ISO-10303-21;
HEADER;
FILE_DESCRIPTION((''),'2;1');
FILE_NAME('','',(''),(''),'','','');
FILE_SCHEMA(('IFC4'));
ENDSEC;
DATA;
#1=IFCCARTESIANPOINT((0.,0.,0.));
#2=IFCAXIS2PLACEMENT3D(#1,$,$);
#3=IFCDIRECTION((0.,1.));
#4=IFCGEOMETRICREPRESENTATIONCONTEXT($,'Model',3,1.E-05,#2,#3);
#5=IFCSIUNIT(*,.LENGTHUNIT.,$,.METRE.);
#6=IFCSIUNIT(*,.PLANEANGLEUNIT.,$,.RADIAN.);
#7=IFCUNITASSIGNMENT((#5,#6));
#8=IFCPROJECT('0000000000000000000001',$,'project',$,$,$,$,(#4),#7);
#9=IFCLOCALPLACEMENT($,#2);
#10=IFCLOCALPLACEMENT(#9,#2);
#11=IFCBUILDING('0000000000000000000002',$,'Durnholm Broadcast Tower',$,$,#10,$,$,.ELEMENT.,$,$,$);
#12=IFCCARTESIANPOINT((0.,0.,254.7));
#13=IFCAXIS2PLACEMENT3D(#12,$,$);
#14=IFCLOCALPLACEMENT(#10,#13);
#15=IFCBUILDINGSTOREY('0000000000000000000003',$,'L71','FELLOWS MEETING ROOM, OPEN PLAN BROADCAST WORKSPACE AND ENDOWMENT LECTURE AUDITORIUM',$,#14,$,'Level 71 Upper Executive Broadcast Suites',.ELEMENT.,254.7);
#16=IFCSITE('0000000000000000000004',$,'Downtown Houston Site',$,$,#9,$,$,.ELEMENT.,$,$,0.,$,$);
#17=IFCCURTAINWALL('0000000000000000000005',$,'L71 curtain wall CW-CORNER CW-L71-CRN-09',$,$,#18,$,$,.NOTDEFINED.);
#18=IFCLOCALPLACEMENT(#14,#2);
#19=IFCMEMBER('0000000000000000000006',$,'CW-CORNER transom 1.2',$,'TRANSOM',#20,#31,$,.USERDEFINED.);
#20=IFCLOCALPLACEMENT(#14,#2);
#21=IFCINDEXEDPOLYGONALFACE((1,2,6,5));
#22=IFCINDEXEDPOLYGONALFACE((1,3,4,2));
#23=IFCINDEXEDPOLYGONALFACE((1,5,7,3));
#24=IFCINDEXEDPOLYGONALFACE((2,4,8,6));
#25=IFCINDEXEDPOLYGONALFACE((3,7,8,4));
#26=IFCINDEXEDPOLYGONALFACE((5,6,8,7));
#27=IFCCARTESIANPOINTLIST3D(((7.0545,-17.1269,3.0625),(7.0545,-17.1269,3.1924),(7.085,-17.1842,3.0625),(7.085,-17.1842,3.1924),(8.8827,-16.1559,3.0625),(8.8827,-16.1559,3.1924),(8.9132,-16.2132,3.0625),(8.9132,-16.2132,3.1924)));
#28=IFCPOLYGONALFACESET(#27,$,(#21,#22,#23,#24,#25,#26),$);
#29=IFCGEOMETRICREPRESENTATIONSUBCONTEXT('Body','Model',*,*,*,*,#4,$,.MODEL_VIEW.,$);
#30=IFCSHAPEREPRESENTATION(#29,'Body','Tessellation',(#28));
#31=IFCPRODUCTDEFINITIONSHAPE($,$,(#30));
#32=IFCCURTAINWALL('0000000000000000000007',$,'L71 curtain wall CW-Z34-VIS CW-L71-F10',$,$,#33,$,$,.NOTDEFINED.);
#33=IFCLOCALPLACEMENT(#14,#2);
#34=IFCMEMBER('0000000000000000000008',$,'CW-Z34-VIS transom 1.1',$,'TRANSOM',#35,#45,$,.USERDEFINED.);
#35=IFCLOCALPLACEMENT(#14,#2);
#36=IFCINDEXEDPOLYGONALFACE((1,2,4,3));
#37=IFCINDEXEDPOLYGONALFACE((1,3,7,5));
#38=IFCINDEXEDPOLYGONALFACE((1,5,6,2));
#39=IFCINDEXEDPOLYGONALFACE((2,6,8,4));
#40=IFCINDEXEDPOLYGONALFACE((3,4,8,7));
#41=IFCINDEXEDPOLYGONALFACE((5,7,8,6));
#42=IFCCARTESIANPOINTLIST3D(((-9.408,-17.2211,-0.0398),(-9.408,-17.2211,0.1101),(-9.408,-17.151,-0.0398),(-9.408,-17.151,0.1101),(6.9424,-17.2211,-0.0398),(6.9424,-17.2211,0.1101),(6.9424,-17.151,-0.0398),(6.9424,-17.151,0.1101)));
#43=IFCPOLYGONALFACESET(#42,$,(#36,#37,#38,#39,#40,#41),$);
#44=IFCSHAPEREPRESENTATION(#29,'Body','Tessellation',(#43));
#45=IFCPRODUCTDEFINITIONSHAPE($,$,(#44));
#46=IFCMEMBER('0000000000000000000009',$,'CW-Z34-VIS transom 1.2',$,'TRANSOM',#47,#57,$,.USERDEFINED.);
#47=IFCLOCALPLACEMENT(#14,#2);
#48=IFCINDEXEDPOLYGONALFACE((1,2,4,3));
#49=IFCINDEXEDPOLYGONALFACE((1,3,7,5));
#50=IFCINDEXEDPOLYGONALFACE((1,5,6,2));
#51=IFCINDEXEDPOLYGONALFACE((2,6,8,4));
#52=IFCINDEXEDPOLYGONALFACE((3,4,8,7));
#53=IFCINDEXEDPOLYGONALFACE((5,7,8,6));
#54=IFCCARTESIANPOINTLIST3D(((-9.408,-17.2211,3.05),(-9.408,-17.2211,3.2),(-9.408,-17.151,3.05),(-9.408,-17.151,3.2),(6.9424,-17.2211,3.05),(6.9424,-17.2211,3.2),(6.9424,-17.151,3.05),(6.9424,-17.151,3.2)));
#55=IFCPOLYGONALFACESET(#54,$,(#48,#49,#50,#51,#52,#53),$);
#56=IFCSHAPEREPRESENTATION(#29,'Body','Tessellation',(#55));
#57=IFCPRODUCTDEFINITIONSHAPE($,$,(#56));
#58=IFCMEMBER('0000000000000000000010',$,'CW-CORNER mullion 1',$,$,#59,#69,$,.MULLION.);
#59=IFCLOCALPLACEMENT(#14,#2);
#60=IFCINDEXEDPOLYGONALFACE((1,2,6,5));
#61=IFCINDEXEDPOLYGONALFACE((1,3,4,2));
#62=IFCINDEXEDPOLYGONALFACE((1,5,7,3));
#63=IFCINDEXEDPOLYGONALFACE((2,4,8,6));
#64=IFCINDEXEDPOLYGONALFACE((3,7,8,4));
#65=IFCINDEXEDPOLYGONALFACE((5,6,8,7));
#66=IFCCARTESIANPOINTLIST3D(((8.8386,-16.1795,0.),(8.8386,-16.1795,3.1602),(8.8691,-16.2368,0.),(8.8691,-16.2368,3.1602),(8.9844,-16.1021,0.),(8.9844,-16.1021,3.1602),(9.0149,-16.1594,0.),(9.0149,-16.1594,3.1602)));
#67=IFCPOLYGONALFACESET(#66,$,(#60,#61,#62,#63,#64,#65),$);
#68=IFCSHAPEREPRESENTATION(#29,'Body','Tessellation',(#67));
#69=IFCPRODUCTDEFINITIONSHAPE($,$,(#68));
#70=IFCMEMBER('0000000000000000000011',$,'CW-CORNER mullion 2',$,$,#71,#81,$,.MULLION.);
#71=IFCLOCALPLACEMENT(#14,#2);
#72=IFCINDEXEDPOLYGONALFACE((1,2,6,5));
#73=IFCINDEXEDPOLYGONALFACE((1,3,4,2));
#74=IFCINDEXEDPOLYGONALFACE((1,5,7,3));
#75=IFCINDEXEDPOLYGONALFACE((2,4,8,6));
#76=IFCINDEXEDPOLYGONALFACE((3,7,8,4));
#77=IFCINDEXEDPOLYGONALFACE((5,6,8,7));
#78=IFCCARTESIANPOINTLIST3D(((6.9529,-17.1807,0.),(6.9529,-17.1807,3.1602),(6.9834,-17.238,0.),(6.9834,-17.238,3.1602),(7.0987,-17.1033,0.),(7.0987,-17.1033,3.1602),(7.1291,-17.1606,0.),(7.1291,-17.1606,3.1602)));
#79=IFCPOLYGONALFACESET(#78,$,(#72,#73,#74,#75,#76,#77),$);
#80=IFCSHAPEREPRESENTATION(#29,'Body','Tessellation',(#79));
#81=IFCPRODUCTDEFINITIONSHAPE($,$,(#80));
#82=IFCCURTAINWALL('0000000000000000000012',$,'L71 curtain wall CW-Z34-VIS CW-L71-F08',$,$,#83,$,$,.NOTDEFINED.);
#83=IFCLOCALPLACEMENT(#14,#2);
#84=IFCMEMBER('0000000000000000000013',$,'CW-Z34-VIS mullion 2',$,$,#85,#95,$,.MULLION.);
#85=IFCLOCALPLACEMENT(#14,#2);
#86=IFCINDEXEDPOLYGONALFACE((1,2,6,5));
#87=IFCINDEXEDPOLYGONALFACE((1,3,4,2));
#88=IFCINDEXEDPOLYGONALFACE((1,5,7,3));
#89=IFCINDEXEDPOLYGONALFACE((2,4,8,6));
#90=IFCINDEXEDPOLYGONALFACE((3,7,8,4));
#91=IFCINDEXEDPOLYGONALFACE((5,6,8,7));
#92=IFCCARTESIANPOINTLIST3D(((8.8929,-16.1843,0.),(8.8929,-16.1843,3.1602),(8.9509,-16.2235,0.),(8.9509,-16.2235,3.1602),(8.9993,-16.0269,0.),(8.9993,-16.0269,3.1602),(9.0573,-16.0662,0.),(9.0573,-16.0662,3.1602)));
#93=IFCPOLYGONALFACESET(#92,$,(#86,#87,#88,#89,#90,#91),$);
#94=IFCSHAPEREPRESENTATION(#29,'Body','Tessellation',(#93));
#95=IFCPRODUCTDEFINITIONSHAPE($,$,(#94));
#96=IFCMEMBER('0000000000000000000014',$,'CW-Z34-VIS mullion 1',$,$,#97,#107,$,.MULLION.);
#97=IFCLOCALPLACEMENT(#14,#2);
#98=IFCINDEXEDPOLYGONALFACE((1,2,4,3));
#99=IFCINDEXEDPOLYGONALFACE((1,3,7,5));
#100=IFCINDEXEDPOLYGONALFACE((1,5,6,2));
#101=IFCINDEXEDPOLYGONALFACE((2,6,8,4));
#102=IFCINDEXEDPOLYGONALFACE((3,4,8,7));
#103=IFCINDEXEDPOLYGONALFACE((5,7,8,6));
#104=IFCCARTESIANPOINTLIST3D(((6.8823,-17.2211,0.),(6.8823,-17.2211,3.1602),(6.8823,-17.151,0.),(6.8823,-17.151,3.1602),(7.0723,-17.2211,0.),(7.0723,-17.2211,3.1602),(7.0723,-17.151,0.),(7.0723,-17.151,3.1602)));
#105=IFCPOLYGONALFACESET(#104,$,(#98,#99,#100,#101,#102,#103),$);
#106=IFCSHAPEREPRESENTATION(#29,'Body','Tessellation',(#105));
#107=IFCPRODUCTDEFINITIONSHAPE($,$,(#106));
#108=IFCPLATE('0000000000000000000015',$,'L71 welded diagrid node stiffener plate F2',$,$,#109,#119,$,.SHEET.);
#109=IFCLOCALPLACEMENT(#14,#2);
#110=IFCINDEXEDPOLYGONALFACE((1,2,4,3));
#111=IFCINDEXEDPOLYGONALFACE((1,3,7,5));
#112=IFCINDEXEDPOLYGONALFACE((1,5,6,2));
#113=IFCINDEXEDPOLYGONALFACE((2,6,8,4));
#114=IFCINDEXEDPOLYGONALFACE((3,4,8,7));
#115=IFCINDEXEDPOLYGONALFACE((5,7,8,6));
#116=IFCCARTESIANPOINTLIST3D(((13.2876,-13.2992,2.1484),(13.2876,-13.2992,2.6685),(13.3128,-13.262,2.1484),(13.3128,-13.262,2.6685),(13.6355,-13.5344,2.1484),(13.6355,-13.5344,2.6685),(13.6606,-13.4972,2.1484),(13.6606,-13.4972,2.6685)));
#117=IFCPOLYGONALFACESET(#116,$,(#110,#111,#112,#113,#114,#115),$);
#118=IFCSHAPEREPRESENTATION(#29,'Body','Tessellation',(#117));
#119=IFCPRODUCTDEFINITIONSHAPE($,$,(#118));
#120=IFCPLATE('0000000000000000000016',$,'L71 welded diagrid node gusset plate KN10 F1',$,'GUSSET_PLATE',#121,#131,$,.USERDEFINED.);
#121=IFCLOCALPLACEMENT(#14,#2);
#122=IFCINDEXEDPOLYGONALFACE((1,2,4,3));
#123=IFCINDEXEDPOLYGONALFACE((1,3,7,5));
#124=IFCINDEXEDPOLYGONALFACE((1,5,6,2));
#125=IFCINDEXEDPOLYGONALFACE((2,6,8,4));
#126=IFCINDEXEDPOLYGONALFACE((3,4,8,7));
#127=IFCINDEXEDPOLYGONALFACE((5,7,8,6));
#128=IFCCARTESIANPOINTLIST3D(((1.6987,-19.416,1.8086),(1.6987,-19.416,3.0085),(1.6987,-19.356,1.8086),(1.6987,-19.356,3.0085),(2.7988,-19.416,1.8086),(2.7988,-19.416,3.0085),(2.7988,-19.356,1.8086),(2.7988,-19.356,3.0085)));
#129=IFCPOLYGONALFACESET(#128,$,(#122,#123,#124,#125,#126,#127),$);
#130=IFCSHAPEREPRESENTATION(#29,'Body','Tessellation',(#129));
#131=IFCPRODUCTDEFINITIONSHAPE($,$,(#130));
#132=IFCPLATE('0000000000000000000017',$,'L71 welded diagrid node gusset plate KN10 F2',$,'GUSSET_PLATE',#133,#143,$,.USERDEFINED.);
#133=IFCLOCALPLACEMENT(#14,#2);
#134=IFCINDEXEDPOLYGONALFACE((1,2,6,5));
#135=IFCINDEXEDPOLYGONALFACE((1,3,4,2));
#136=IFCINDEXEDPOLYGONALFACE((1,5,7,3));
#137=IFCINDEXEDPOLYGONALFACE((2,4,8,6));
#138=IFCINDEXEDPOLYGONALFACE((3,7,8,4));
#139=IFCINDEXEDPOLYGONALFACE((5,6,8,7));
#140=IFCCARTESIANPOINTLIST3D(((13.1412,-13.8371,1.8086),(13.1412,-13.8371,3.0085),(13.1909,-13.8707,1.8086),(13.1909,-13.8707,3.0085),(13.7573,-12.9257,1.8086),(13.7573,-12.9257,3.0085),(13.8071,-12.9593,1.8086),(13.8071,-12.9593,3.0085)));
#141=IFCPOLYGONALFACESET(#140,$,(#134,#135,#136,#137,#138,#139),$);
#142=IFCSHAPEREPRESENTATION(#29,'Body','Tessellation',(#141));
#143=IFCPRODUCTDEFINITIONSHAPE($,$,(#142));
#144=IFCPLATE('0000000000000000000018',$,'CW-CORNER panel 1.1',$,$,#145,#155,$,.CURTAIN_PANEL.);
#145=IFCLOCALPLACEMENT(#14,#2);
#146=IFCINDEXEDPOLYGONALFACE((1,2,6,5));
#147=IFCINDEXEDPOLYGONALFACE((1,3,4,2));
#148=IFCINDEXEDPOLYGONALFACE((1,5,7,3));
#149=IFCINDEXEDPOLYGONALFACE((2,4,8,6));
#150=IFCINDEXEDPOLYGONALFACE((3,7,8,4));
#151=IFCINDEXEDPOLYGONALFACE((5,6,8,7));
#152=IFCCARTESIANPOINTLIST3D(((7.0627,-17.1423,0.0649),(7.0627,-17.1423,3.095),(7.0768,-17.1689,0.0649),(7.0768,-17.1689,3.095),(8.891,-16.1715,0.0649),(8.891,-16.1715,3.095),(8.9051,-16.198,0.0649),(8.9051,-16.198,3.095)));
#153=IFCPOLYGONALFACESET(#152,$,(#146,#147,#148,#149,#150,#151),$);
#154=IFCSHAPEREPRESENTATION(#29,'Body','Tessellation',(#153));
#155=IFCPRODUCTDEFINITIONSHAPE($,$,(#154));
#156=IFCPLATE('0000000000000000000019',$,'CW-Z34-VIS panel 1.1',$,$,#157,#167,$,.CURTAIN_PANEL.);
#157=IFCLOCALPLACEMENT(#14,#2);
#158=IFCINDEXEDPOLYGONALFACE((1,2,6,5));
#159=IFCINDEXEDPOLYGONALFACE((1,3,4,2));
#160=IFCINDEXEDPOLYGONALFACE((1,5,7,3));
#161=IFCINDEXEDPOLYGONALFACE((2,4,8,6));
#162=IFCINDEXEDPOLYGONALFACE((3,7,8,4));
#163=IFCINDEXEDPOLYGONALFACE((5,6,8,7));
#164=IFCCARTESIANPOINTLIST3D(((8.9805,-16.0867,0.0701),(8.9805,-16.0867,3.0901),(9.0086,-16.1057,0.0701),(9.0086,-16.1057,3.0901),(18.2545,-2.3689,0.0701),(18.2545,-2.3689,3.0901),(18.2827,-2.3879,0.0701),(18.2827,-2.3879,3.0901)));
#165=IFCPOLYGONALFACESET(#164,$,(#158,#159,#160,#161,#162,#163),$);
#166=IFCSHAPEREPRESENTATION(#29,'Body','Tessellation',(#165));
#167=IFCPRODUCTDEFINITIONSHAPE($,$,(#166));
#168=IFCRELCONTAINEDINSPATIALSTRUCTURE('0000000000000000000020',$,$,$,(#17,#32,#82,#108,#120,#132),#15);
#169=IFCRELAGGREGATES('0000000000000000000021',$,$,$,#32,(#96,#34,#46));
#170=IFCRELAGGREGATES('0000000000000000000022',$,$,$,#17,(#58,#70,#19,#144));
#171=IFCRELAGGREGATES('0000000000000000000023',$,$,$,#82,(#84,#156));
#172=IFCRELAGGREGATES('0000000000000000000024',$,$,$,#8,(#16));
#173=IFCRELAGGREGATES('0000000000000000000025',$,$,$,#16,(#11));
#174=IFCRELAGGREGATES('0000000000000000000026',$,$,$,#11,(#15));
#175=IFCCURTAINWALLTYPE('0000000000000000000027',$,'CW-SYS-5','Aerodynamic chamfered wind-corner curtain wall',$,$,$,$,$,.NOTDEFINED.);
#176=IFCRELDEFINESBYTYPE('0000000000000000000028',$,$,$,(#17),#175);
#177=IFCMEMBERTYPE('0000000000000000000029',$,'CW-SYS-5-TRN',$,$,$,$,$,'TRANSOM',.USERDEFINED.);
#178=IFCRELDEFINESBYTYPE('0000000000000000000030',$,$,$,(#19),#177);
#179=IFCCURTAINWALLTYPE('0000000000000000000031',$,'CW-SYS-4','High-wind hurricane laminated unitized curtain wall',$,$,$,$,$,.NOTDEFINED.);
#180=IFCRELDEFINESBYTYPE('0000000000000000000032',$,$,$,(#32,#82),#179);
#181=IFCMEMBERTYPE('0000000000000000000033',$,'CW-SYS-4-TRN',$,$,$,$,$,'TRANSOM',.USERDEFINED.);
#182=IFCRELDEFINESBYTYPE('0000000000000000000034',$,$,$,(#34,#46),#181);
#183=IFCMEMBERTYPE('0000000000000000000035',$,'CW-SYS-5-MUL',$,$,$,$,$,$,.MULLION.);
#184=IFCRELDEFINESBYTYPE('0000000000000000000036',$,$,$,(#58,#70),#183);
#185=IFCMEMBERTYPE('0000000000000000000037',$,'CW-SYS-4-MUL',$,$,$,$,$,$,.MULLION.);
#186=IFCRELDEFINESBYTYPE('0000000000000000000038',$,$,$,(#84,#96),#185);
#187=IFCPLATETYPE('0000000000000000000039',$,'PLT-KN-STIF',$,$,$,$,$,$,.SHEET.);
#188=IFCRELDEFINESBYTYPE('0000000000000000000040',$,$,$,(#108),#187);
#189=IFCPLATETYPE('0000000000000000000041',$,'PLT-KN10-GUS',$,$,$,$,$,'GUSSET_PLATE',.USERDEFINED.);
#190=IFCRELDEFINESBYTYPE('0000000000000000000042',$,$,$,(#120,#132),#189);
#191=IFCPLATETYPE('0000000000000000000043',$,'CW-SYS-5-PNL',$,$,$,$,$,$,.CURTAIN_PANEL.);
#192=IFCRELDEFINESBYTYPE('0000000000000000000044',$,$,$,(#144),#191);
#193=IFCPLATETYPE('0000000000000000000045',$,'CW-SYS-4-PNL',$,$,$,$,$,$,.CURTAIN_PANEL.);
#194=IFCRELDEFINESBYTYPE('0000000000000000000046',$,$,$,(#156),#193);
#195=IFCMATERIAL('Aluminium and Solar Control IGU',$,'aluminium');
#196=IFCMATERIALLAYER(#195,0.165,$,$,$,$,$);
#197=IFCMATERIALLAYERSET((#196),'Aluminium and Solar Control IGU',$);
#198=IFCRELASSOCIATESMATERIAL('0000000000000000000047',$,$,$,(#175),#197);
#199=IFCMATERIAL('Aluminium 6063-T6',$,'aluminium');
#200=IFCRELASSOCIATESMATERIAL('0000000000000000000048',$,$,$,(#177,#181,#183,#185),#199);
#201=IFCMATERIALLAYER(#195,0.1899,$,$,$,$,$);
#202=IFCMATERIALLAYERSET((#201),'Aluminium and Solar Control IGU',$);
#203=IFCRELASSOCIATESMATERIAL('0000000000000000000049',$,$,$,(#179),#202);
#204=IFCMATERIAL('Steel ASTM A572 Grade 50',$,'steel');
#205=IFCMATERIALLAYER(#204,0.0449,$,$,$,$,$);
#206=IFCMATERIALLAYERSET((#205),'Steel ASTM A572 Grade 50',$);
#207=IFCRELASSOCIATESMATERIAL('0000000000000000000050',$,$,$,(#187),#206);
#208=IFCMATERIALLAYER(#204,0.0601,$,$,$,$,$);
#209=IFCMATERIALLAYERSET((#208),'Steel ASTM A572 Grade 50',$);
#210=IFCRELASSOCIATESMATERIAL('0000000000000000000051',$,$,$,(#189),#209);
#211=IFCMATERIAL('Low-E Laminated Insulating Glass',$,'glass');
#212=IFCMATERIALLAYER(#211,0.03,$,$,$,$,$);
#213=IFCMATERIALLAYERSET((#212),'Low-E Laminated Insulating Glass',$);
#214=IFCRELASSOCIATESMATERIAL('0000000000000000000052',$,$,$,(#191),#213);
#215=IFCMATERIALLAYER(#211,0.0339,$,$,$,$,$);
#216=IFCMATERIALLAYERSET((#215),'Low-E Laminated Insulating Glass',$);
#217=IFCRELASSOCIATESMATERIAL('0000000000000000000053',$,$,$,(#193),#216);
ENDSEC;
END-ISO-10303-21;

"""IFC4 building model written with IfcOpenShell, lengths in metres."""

from ifc_helpers import new_model, si_unit, direction, frame, origin, origin_2d, place, context, subcontext, project, spatial, rectangle, extrude, source, transform, mapped, material, layer, layer_set, material_profile, profile_set, type_object, type_shapes, element, aggregate, save


model = new_model("IFC4")

# Units and contexts
model_context = context("Model", 3, precision=1e-05, world=origin(), true_north=direction((0.0, 1.0)))
body_context = subcontext(model_context, "Body", "Model", "MODEL_VIEW")
ifc_project = project(units=[si_unit("LENGTHUNIT", "METRE"), si_unit("PLANEANGLEUNIT", "RADIAN")], contexts=[model_context])

# Site, building, storey
site_placement = place(None, origin())
site = spatial("IfcSite", under=ifc_project, at=site_placement, Name="Downtown Houston Site", CompositionType="ELEMENT", RefElevation=0.0)
building_placement = place(site_placement, origin())
building = spatial("IfcBuilding", under=site, at=building_placement, Name="Durnholm Broadcast Tower", CompositionType="ELEMENT")
storey_placement = place(building_placement, frame((0.0, 0.0, 254.7)))
storey = spatial("IfcBuildingStorey", under=building, at=storey_placement, Name="L71", Description="FELLOWS MEETING ROOM, OPEN PLAN BROADCAST WORKSPACE AND ENDOWMENT LECTURE AUDITORIUM", LongName="Level 71 Upper Executive Broadcast Suites", CompositionType="ELEMENT", Elevation=254.7)

# Curtain walls, members
ifc_material_1 = material(Name="Aluminium and Solar Control IGU", Category="aluminium")
ifc_layer_1 = layer(ifc_material_1, 0.165)
ifc_layer_set_1 = layer_set([ifc_layer_1], Name="Aluminium and Solar Control IGU")
curtain_wall_type_1 = type_object("IfcCurtainWallType", Name="CW-SYS-5", Description="Aerodynamic chamfered wind-corner curtain wall", PredefinedType="NOTDEFINED", material=ifc_layer_set_1)
curtain_wall_1_placement = place(storey_placement, origin())
curtain_wall_1 = element("IfcCurtainWall", 1, at=curtain_wall_1_placement, inside=storey, type_object=curtain_wall_type_1, Name="L71 curtain wall CW-CORNER CW-L71-CRN-09", PredefinedType="NOTDEFINED")
ifc_material_2 = material(Name="Aluminium 6063-T6", Category="aluminium")
ifc_material_profile_1 = material_profile(ifc_material_2, rectangle(XDim=0.0649, YDim=0.1299, at=origin_2d()), Name="CWT65X130")
ifc_profile_set_1 = profile_set([ifc_material_profile_1], Name="Aluminium 6063-T6")
member_type_1 = type_object("IfcMemberType", Name="CW-SYS-5-TRN", ElementType="TRANSOM", PredefinedType="USERDEFINED", material=ifc_profile_set_1)
shared_shape_1 = source(origin(), body_context, "Body", "SweptSolid", [
    extrude(rectangle(XDim=0.0649, YDim=0.1299, at=origin_2d()), origin(), (0.0, 0.0, 1.0), 2.0701),
])
type_shapes(member_type_1, [shared_shape_1])
member_1_placement = place(storey_placement, frame((8.8979, -16.1846, 3.1274), z_axis=(-0.883165, -0.469063, 0.0), x_axis=(0.469063, -0.883165, 0.0)))
member_1 = element("IfcMember", 2, at=member_1_placement, type_object=member_type_1, Name="CW-CORNER transom 1.2", ObjectType="TRANSOM", PredefinedType="USERDEFINED", context=body_context, shape_type="MappedRepresentation", body=[
    mapped(shared_shape_1, transform((0.0, 0.0, 0.0), x_axis=(1.0, 0.0, 0.0), y_axis=(0.0, 1.0, 0.0), z_axis=(0.0, 0.0, 1.0), scale=1.0)),
])
ifc_layer_2 = layer(ifc_material_1, 0.1899)
ifc_layer_set_2 = layer_set([ifc_layer_2], Name="Aluminium and Solar Control IGU")
curtain_wall_type_2 = type_object("IfcCurtainWallType", Name="CW-SYS-4", Description="High-wind hurricane laminated unitized curtain wall", PredefinedType="NOTDEFINED", material=ifc_layer_set_2)
curtain_wall_2_placement = place(storey_placement, origin())
curtain_wall_2 = element("IfcCurtainWall", 3, at=curtain_wall_2_placement, inside=storey, type_object=curtain_wall_type_2, Name="L71 curtain wall CW-Z34-VIS CW-L71-F10", PredefinedType="NOTDEFINED")
ifc_material_profile_2 = material_profile(ifc_material_2, rectangle(XDim=0.0701, YDim=0.1499, at=origin_2d()), Name="CWT70X150")
ifc_profile_set_2 = profile_set([ifc_material_profile_2], Name="Aluminium 6063-T6")
member_type_2 = type_object("IfcMemberType", Name="CW-SYS-4-TRN", ElementType="TRANSOM", PredefinedType="USERDEFINED", material=ifc_profile_set_2)
shared_shape_2 = source(origin(), body_context, "Body", "SweptSolid", [
    extrude(rectangle(XDim=0.0701, YDim=0.1499, at=origin_2d()), origin(), (0.0, 0.0, 1.0), 16.3503),
])
type_shapes(member_type_2, [shared_shape_2])
member_2_placement = place(storey_placement, frame((6.9424, -17.186, 0.0352), z_axis=(-1.0, 0.0, 0.0), x_axis=(0.0, -1.0, 0.0)))
member_2 = element("IfcMember", 4, at=member_2_placement, type_object=member_type_2, Name="CW-Z34-VIS transom 1.1", ObjectType="TRANSOM", PredefinedType="USERDEFINED", context=body_context, shape_type="MappedRepresentation", body=[
    mapped(shared_shape_2, transform((0.0, 0.0, 0.0), x_axis=(1.0, 0.0, 0.0), y_axis=(0.0, 1.0, 0.0), z_axis=(0.0, 0.0, 1.0), scale=1.0)),
])
member_3_placement = place(storey_placement, frame((6.9424, -17.186, 3.125), z_axis=(-1.0, 0.0, 0.0), x_axis=(0.0, -1.0, 0.0)))
member_3 = element("IfcMember", 5, at=member_3_placement, type_object=member_type_2, Name="CW-Z34-VIS transom 1.2", ObjectType="TRANSOM", PredefinedType="USERDEFINED", context=body_context, shape_type="MappedRepresentation", body=[
    mapped(shared_shape_2, transform((0.0, 0.0, 0.0), x_axis=(1.0, 0.0, 0.0), y_axis=(0.0, 1.0, 0.0), z_axis=(0.0, 0.0, 1.0), scale=1.0)),
])

# Members
ifc_material_profile_3 = material_profile(ifc_material_2, rectangle(XDim=0.0649, YDim=0.165, at=origin_2d()), Name="CWM65X165")
ifc_profile_set_3 = profile_set([ifc_material_profile_3], Name="Aluminium 6063-T6")
member_type_3 = type_object("IfcMemberType", Name="CW-SYS-5-MUL", PredefinedType="MULLION", material=ifc_profile_set_3)
shared_shape_3 = source(origin(), body_context, "Body", "SweptSolid", [
    extrude(rectangle(XDim=0.0649, YDim=0.165, at=origin_2d()), origin(), (0.0, 0.0, 1.0), 3.1602),
])
type_shapes(member_type_3, [shared_shape_3])
member_4_placement = place(storey_placement, frame((8.9268, -16.1694, 0.0), z_axis=(0.0, 0.0, 1.0), x_axis=(0.469007, -0.883195, 0.0)))
member_4 = element("IfcMember", 6, at=member_4_placement, type_object=member_type_3, Name="CW-CORNER mullion 1", PredefinedType="MULLION", context=body_context, shape_type="MappedRepresentation", body=[
    mapped(shared_shape_3, transform((0.0, 0.0, 0.0), x_axis=(1.0, 0.0, 0.0), y_axis=(0.0, 1.0, 0.0), z_axis=(0.0, 0.0, 1.0), scale=1.0)),
])
member_5_placement = place(storey_placement, frame((7.041, -17.1707, 0.0), z_axis=(0.0, 0.0, 1.0), x_axis=(0.469007, -0.883195, 0.0)))
member_5 = element("IfcMember", 7, at=member_5_placement, type_object=member_type_3, Name="CW-CORNER mullion 2", PredefinedType="MULLION", context=body_context, shape_type="MappedRepresentation", body=[
    mapped(shared_shape_3, transform((0.0, 0.0, 0.0), x_axis=(1.0, 0.0, 0.0), y_axis=(0.0, 1.0, 0.0), z_axis=(0.0, 0.0, 1.0), scale=1.0)),
])

# Curtain wall, member
curtain_wall_3_placement = place(storey_placement, origin())
curtain_wall_3 = element("IfcCurtainWall", 8, at=curtain_wall_3_placement, inside=storey, type_object=curtain_wall_type_2, Name="L71 curtain wall CW-Z34-VIS CW-L71-F08", PredefinedType="NOTDEFINED")
ifc_material_profile_4 = material_profile(ifc_material_2, rectangle(XDim=0.0701, YDim=0.1899, at=origin_2d()), Name="CWM70X190")
ifc_profile_set_4 = profile_set([ifc_material_profile_4], Name="Aluminium 6063-T6")
member_type_4 = type_object("IfcMemberType", Name="CW-SYS-4-MUL", PredefinedType="MULLION", material=ifc_profile_set_4)
shared_shape_4 = source(origin(), body_context, "Body", "SweptSolid", [
    extrude(rectangle(XDim=0.0701, YDim=0.1899, at=origin_2d()), origin(), (0.0, 0.0, 1.0), 3.1602),
])
type_shapes(member_type_4, [shared_shape_4])
member_6_placement = place(storey_placement, frame((8.9751, -16.1252, 0.0), z_axis=(0.0, 0.0, 1.0), x_axis=(0.828443, -0.560073, 0.0)))
member_6 = element("IfcMember", 9, at=member_6_placement, type_object=member_type_4, Name="CW-Z34-VIS mullion 2", PredefinedType="MULLION", context=body_context, shape_type="MappedRepresentation", body=[
    mapped(shared_shape_4, transform((0.0, 0.0, 0.0), x_axis=(1.0, 0.0, 0.0), y_axis=(0.0, 1.0, 0.0), z_axis=(0.0, 0.0, 1.0), scale=1.0)),
])

# Member
member_7_placement = place(storey_placement, frame((6.9773, -17.186, 0.0), z_axis=(0.0, 0.0, 1.0), x_axis=(0.0, -1.0, 0.0)))
member_7 = element("IfcMember", 10, at=member_7_placement, type_object=member_type_4, Name="CW-Z34-VIS mullion 1", PredefinedType="MULLION", context=body_context, shape_type="MappedRepresentation", body=[
    mapped(shared_shape_4, transform((0.0, 0.0, 0.0), x_axis=(1.0, 0.0, 0.0), y_axis=(0.0, 1.0, 0.0), z_axis=(0.0, 0.0, 1.0), scale=1.0)),
])
aggregate(curtain_wall_2, [member_7, member_2, member_3])

# Plates
ifc_material_3 = material(Name="Steel ASTM A572 Grade 50", Category="steel")
ifc_layer_3 = layer(ifc_material_3, 0.0449)
ifc_layer_set_3 = layer_set([ifc_layer_3], Name="Steel ASTM A572 Grade 50")
plate_type_1 = type_object("IfcPlateType", Name="PLT-KN-STIF", PredefinedType="SHEET", material=ifc_layer_set_3)
shared_shape_5 = source(origin(), body_context, "Body", "SweptSolid", [
    extrude(rectangle(XDim=0.0449, YDim=0.4199, at=origin_2d()), origin(), (0.0, 0.0, 1.0), 0.52),
])
type_shapes(plate_type_1, [shared_shape_5])
plate_1_placement = place(storey_placement, frame((13.4741, -13.3982, 2.1484), z_axis=(0.0, 0.0, 1.0), x_axis=(0.560061, 0.828452, 0.0)))
element("IfcPlate", 11, at=plate_1_placement, inside=storey, type_object=plate_type_1, Name="L71 welded diagrid node stiffener plate F2", PredefinedType="SHEET", context=body_context, shape_type="MappedRepresentation", body=[
    mapped(shared_shape_5, transform((0.0, 0.0, 0.0), x_axis=(1.0, 0.0, 0.0), y_axis=(0.0, 1.0, 0.0), z_axis=(0.0, 0.0, 1.0), scale=1.0)),
])
ifc_layer_4 = layer(ifc_material_3, 0.0601)
ifc_layer_set_4 = layer_set([ifc_layer_4], Name="Steel ASTM A572 Grade 50")
plate_type_2 = type_object("IfcPlateType", Name="PLT-KN10-GUS", ElementType="GUSSET_PLATE", PredefinedType="USERDEFINED", material=ifc_layer_set_4)
shared_shape_6 = source(origin(), body_context, "Body", "SweptSolid", [
    extrude(rectangle(XDim=1.1001, YDim=0.0601, at=origin_2d()), origin(), (0.0, 0.0, 1.0), 1.2),
])
type_shapes(plate_type_2, [shared_shape_6])
for number, where, z_axis, x_axis, name in (
    (12, (2.2488, -19.386, 1.8086), (0.0, 0.0, 1.0), (1.0, 0.0, 0.0), "L71 welded diagrid node gusset plate KN10 F1"),
    (13, (13.4741, -13.3982, 1.8086), (0.0, 0.0, 1.0), (0.560061, 0.828452, 0.0), "L71 welded diagrid node gusset plate KN10 F2"),
):
    element("IfcPlate", number, at=place(storey_placement, frame(where, z_axis=z_axis, x_axis=x_axis)), inside=storey, type_object=plate_type_2, Name=name, ObjectType="GUSSET_PLATE", PredefinedType="USERDEFINED", context=body_context, shape_type="MappedRepresentation", body=[
        mapped(shared_shape_6, transform((0.0, 0.0, 0.0), x_axis=(1.0, 0.0, 0.0), y_axis=(0.0, 1.0, 0.0), z_axis=(0.0, 0.0, 1.0), scale=1.0)),
    ])

# Plates
ifc_material_4 = material(Name="Low-E Laminated Insulating Glass", Category="glass")
ifc_layer_5 = layer(ifc_material_4, 0.03)
ifc_layer_set_5 = layer_set([ifc_layer_5], Name="Low-E Laminated Insulating Glass")
plate_type_3 = type_object("IfcPlateType", Name="CW-SYS-5-PNL", PredefinedType="CURTAIN_PANEL", material=ifc_layer_set_5)
shared_shape_7 = source(origin(), body_context, "Body", "SweptSolid", [
    extrude(rectangle(XDim=2.0701, YDim=0.03, at=origin_2d()), origin(), (0.0, 0.0, 1.0), 3.03),
])
type_shapes(plate_type_3, [shared_shape_7])
plate_2_placement = place(storey_placement, frame((7.9839, -16.6702, 0.0649), z_axis=(0.0, 0.0, 1.0), x_axis=(-0.883195, -0.469007, 0.0)))
plate_2 = element("IfcPlate", 14, at=plate_2_placement, type_object=plate_type_3, Name="CW-CORNER panel 1.1", PredefinedType="CURTAIN_PANEL", context=body_context, shape_type="MappedRepresentation", body=[
    mapped(shared_shape_7, transform((0.0, 0.0, 0.0), x_axis=(1.0, 0.0, 0.0), y_axis=(0.0, 1.0, 0.0), z_axis=(0.0, 0.0, 1.0), scale=1.0)),
])
aggregate(curtain_wall_1, [member_4, member_5, member_1, plate_2])
ifc_layer_6 = layer(ifc_material_4, 0.0339)
ifc_layer_set_6 = layer_set([ifc_layer_6], Name="Low-E Laminated Insulating Glass")
plate_type_4 = type_object("IfcPlateType", Name="CW-SYS-4-PNL", PredefinedType="CURTAIN_PANEL", material=ifc_layer_set_6)
shared_shape_8 = source(origin(), body_context, "Body", "SweptSolid", [
    extrude(rectangle(XDim=16.5586, YDim=0.0339, at=origin_2d()), origin(), (0.0, 0.0, 1.0), 3.02),
])
type_shapes(plate_type_4, [shared_shape_8])
plate_3_placement = place(storey_placement, frame((13.6316, -9.2373, 0.0701), z_axis=(0.0, 0.0, 1.0), x_axis=(-0.560073, -0.828443, 0.0)))
plate_3 = element("IfcPlate", 15, at=plate_3_placement, type_object=plate_type_4, Name="CW-Z34-VIS panel 1.1", PredefinedType="CURTAIN_PANEL", context=body_context, shape_type="MappedRepresentation", body=[
    mapped(shared_shape_8, transform((0.0, 0.0, 0.0), x_axis=(1.0, 0.0, 0.0), y_axis=(0.0, 1.0, 0.0), z_axis=(0.0, 0.0, 1.0), scale=1.0)),
])
aggregate(curtain_wall_3, [member_6, plate_3])

save(model, "model.ifc")
